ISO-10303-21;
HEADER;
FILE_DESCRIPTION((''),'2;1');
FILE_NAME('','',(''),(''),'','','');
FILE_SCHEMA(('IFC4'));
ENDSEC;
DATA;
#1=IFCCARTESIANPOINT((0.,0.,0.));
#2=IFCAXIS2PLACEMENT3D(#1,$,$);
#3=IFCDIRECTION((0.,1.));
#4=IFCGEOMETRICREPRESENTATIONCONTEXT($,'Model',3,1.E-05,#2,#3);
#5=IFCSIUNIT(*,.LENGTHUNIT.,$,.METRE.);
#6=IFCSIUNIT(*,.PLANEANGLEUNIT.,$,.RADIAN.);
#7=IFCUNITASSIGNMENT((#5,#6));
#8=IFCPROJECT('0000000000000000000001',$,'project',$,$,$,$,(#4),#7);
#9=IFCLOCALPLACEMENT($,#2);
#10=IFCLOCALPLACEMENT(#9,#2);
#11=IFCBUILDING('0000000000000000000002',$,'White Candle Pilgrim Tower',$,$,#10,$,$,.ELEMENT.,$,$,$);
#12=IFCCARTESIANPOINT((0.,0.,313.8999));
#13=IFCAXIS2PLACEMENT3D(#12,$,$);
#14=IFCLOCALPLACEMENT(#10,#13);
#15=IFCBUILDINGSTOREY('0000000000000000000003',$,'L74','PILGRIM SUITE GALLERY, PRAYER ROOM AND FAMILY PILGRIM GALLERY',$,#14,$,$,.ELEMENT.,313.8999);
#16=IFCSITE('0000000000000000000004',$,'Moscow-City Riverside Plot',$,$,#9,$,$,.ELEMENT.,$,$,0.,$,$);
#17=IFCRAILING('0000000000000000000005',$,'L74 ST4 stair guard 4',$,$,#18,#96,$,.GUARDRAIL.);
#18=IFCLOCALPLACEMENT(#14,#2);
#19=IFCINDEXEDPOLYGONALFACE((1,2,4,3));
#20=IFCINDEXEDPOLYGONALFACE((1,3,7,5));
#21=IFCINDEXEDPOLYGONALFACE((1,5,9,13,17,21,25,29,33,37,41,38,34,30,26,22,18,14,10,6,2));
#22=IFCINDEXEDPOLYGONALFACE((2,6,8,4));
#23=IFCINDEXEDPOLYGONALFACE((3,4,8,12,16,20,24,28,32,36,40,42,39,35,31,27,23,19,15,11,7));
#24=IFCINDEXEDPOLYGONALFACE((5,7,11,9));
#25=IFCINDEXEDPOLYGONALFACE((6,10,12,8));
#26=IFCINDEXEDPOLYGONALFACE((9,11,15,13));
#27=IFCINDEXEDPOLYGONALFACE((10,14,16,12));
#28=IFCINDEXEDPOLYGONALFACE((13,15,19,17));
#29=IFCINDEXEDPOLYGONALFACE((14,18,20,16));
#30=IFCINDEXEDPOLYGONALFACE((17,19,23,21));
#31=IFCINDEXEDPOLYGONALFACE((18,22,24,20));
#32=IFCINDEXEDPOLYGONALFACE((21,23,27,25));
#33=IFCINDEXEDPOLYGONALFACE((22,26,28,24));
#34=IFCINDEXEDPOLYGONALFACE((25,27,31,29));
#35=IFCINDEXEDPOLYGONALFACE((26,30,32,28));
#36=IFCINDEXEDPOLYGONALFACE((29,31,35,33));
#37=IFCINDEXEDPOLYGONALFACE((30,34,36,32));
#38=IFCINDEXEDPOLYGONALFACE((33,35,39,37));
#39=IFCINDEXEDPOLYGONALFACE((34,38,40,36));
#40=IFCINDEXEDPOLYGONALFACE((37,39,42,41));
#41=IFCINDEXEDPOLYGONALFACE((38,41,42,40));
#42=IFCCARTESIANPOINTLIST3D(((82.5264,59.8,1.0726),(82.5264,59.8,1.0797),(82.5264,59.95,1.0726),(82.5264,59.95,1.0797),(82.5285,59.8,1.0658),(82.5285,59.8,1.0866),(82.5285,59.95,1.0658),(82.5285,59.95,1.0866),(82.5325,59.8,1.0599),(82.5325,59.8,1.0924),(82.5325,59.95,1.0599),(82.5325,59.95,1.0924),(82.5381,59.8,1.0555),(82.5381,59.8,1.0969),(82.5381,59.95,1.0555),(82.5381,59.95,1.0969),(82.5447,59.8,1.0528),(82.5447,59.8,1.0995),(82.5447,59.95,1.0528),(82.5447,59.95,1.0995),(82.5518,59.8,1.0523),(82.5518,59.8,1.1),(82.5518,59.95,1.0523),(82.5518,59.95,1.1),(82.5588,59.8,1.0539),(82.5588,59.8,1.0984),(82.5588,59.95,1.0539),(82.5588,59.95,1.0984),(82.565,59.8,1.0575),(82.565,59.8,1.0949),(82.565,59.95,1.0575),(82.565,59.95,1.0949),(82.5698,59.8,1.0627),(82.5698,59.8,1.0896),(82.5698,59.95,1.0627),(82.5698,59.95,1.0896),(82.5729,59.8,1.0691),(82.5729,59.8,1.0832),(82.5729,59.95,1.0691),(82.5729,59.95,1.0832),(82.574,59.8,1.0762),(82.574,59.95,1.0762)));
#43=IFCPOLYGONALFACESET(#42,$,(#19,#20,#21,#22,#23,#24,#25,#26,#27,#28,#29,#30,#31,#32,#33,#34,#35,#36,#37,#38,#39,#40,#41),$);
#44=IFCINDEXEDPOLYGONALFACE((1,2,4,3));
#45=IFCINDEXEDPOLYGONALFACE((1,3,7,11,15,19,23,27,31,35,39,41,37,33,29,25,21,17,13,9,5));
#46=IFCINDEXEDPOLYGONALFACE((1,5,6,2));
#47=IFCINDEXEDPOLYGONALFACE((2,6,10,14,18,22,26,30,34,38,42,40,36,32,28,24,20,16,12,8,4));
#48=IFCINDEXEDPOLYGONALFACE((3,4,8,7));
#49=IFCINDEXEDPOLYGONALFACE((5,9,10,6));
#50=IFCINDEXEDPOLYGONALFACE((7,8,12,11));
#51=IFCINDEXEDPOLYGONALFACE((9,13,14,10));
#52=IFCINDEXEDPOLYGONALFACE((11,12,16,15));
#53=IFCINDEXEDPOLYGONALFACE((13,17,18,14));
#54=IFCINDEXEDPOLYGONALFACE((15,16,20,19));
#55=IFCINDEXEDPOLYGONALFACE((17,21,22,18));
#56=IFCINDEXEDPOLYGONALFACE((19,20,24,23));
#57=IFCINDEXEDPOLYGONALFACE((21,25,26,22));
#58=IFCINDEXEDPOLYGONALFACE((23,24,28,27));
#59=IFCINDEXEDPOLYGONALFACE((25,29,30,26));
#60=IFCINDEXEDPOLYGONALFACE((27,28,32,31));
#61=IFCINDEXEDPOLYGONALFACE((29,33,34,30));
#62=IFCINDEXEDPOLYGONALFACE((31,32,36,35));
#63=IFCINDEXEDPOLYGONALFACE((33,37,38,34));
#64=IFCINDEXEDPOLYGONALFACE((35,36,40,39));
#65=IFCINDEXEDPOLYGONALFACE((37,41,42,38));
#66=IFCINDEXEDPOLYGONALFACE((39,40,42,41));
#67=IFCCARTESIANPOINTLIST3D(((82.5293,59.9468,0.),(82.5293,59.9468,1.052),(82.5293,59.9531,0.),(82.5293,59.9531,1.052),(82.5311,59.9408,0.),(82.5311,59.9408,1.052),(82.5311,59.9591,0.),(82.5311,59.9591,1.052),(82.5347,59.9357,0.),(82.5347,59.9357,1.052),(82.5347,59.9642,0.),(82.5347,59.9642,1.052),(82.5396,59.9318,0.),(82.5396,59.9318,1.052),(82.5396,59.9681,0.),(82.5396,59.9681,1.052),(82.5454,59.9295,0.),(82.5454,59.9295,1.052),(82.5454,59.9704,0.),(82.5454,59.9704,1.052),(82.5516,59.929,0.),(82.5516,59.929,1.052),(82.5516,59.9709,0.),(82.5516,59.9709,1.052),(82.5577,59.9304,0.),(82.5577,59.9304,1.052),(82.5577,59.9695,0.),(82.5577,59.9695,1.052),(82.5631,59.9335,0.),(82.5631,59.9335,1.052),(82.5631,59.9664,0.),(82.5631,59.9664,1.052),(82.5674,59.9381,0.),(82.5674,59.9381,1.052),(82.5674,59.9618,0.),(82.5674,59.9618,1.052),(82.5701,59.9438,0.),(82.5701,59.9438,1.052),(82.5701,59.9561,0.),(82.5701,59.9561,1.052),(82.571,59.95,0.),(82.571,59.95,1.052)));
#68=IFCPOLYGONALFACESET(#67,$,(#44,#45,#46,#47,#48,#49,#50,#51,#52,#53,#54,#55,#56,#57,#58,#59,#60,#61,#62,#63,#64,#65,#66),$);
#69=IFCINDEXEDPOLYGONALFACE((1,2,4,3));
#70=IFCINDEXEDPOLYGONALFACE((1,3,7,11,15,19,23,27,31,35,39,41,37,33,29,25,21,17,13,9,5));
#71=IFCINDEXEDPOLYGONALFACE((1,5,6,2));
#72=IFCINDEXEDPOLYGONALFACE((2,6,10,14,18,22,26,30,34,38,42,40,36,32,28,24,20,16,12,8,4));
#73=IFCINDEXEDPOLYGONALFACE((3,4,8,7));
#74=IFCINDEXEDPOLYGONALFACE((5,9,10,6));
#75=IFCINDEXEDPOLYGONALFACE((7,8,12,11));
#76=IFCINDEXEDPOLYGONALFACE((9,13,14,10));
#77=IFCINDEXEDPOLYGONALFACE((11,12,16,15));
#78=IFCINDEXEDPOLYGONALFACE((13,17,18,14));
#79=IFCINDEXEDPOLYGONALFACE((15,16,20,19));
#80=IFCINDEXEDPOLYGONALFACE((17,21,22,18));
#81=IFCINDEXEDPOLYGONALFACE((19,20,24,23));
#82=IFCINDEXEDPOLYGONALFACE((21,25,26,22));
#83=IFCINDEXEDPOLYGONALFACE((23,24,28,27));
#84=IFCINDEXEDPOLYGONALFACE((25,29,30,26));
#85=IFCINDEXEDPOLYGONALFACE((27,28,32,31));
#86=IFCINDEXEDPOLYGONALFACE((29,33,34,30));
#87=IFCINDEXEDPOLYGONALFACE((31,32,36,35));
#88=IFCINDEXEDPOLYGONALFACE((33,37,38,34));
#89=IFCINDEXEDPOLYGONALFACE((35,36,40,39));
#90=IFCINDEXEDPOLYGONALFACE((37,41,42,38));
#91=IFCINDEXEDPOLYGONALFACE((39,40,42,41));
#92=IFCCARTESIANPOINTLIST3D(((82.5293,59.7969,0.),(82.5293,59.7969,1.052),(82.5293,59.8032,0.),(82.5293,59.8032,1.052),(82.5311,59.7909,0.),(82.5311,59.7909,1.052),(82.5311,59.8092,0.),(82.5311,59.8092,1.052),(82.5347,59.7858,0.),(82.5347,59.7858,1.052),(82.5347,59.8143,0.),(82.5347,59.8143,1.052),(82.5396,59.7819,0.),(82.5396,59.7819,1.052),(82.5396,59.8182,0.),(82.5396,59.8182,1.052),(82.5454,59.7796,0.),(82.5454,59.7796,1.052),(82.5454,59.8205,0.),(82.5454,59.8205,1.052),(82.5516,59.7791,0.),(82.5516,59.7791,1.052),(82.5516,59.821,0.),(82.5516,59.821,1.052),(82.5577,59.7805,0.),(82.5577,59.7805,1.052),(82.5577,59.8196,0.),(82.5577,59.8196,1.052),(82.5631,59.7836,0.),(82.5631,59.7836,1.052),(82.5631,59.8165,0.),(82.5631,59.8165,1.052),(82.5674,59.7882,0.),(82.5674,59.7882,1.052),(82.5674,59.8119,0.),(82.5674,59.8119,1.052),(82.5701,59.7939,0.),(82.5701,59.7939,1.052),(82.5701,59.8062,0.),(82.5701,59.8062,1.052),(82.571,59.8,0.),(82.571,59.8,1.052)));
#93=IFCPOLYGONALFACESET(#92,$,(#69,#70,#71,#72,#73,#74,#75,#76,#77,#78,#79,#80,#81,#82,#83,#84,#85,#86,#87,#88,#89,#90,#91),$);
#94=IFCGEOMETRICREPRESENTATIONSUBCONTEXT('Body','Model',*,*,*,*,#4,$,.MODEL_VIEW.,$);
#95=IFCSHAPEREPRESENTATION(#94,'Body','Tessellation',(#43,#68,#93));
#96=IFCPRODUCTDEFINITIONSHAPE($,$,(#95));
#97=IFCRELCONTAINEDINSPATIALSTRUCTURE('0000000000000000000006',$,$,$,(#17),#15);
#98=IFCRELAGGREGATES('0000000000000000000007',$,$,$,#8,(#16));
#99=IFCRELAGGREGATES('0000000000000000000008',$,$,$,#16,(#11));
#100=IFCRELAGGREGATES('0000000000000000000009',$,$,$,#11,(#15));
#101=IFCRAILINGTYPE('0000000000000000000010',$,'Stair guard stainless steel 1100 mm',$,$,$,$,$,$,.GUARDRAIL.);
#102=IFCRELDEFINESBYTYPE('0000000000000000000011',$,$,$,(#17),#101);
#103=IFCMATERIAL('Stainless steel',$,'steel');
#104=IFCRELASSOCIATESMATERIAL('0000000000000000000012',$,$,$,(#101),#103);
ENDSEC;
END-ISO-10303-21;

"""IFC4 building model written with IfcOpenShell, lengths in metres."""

from ifc_helpers import new_model, si_unit, direction, frame, origin, origin_2d, place, context, subcontext, project, spatial, circle, extrude, material, type_object, element, save


model = new_model("IFC4")

# Units and contexts
model_context = context("Model", 3, precision=1e-05, world=origin(), true_north=direction((0.0, 1.0)))
body_context = subcontext(model_context, "Body", "Model", "MODEL_VIEW")
ifc_project = project(units=[si_unit("LENGTHUNIT", "METRE"), si_unit("PLANEANGLEUNIT", "RADIAN")], contexts=[model_context])

# Site, building, storey
site_placement = place(None, origin())
site = spatial("IfcSite", under=ifc_project, at=site_placement, Name="Moscow-City Riverside Plot", CompositionType="ELEMENT", RefElevation=0.0)
building_placement = place(site_placement, origin())
building = spatial("IfcBuilding", under=site, at=building_placement, Name="White Candle Pilgrim Tower", CompositionType="ELEMENT")
storey_placement = place(building_placement, frame((0.0, 0.0, 313.8999)))
storey = spatial("IfcBuildingStorey", under=building, at=storey_placement, Name="L74", Description="PILGRIM SUITE GALLERY, PRAYER ROOM AND FAMILY PILGRIM GALLERY", CompositionType="ELEMENT", Elevation=313.8999)

# Railing
ifc_material_1 = material(Name="Stainless steel", Category="steel")
railing_type_1 = type_object("IfcRailingType", Name="Stair guard stainless steel 1100 mm", PredefinedType="GUARDRAIL", material=ifc_material_1)
railing_1_placement = place(storey_placement, frame((82.55, 59.95, 0.0)))
element("IfcRailing", 1, at=railing_1_placement, inside=storey, type_object=railing_type_1, Name="L74 ST4 stair guard 4", PredefinedType="GUARDRAIL", context=body_context, shape_type="SweptSolid", body=[
    extrude(circle(Radius=0.0239, at=origin_2d()), frame((0.0, 0.0, 1.0762), z_axis=(0.0, -1.0, 0.0), x_axis=(1.0, 0.0, 0.0)), (0.0, 0.0, 1.0), 0.1499),
    extrude(circle(Radius=0.021, at=origin_2d()), origin(), (0.0, 0.0, 1.0), 1.052),
    extrude(circle(Radius=0.021, at=origin_2d()), frame((0.0, -0.1499, 0.0)), (0.0, 0.0, 1.0), 1.052),
])

save(model, "model.ifc")
